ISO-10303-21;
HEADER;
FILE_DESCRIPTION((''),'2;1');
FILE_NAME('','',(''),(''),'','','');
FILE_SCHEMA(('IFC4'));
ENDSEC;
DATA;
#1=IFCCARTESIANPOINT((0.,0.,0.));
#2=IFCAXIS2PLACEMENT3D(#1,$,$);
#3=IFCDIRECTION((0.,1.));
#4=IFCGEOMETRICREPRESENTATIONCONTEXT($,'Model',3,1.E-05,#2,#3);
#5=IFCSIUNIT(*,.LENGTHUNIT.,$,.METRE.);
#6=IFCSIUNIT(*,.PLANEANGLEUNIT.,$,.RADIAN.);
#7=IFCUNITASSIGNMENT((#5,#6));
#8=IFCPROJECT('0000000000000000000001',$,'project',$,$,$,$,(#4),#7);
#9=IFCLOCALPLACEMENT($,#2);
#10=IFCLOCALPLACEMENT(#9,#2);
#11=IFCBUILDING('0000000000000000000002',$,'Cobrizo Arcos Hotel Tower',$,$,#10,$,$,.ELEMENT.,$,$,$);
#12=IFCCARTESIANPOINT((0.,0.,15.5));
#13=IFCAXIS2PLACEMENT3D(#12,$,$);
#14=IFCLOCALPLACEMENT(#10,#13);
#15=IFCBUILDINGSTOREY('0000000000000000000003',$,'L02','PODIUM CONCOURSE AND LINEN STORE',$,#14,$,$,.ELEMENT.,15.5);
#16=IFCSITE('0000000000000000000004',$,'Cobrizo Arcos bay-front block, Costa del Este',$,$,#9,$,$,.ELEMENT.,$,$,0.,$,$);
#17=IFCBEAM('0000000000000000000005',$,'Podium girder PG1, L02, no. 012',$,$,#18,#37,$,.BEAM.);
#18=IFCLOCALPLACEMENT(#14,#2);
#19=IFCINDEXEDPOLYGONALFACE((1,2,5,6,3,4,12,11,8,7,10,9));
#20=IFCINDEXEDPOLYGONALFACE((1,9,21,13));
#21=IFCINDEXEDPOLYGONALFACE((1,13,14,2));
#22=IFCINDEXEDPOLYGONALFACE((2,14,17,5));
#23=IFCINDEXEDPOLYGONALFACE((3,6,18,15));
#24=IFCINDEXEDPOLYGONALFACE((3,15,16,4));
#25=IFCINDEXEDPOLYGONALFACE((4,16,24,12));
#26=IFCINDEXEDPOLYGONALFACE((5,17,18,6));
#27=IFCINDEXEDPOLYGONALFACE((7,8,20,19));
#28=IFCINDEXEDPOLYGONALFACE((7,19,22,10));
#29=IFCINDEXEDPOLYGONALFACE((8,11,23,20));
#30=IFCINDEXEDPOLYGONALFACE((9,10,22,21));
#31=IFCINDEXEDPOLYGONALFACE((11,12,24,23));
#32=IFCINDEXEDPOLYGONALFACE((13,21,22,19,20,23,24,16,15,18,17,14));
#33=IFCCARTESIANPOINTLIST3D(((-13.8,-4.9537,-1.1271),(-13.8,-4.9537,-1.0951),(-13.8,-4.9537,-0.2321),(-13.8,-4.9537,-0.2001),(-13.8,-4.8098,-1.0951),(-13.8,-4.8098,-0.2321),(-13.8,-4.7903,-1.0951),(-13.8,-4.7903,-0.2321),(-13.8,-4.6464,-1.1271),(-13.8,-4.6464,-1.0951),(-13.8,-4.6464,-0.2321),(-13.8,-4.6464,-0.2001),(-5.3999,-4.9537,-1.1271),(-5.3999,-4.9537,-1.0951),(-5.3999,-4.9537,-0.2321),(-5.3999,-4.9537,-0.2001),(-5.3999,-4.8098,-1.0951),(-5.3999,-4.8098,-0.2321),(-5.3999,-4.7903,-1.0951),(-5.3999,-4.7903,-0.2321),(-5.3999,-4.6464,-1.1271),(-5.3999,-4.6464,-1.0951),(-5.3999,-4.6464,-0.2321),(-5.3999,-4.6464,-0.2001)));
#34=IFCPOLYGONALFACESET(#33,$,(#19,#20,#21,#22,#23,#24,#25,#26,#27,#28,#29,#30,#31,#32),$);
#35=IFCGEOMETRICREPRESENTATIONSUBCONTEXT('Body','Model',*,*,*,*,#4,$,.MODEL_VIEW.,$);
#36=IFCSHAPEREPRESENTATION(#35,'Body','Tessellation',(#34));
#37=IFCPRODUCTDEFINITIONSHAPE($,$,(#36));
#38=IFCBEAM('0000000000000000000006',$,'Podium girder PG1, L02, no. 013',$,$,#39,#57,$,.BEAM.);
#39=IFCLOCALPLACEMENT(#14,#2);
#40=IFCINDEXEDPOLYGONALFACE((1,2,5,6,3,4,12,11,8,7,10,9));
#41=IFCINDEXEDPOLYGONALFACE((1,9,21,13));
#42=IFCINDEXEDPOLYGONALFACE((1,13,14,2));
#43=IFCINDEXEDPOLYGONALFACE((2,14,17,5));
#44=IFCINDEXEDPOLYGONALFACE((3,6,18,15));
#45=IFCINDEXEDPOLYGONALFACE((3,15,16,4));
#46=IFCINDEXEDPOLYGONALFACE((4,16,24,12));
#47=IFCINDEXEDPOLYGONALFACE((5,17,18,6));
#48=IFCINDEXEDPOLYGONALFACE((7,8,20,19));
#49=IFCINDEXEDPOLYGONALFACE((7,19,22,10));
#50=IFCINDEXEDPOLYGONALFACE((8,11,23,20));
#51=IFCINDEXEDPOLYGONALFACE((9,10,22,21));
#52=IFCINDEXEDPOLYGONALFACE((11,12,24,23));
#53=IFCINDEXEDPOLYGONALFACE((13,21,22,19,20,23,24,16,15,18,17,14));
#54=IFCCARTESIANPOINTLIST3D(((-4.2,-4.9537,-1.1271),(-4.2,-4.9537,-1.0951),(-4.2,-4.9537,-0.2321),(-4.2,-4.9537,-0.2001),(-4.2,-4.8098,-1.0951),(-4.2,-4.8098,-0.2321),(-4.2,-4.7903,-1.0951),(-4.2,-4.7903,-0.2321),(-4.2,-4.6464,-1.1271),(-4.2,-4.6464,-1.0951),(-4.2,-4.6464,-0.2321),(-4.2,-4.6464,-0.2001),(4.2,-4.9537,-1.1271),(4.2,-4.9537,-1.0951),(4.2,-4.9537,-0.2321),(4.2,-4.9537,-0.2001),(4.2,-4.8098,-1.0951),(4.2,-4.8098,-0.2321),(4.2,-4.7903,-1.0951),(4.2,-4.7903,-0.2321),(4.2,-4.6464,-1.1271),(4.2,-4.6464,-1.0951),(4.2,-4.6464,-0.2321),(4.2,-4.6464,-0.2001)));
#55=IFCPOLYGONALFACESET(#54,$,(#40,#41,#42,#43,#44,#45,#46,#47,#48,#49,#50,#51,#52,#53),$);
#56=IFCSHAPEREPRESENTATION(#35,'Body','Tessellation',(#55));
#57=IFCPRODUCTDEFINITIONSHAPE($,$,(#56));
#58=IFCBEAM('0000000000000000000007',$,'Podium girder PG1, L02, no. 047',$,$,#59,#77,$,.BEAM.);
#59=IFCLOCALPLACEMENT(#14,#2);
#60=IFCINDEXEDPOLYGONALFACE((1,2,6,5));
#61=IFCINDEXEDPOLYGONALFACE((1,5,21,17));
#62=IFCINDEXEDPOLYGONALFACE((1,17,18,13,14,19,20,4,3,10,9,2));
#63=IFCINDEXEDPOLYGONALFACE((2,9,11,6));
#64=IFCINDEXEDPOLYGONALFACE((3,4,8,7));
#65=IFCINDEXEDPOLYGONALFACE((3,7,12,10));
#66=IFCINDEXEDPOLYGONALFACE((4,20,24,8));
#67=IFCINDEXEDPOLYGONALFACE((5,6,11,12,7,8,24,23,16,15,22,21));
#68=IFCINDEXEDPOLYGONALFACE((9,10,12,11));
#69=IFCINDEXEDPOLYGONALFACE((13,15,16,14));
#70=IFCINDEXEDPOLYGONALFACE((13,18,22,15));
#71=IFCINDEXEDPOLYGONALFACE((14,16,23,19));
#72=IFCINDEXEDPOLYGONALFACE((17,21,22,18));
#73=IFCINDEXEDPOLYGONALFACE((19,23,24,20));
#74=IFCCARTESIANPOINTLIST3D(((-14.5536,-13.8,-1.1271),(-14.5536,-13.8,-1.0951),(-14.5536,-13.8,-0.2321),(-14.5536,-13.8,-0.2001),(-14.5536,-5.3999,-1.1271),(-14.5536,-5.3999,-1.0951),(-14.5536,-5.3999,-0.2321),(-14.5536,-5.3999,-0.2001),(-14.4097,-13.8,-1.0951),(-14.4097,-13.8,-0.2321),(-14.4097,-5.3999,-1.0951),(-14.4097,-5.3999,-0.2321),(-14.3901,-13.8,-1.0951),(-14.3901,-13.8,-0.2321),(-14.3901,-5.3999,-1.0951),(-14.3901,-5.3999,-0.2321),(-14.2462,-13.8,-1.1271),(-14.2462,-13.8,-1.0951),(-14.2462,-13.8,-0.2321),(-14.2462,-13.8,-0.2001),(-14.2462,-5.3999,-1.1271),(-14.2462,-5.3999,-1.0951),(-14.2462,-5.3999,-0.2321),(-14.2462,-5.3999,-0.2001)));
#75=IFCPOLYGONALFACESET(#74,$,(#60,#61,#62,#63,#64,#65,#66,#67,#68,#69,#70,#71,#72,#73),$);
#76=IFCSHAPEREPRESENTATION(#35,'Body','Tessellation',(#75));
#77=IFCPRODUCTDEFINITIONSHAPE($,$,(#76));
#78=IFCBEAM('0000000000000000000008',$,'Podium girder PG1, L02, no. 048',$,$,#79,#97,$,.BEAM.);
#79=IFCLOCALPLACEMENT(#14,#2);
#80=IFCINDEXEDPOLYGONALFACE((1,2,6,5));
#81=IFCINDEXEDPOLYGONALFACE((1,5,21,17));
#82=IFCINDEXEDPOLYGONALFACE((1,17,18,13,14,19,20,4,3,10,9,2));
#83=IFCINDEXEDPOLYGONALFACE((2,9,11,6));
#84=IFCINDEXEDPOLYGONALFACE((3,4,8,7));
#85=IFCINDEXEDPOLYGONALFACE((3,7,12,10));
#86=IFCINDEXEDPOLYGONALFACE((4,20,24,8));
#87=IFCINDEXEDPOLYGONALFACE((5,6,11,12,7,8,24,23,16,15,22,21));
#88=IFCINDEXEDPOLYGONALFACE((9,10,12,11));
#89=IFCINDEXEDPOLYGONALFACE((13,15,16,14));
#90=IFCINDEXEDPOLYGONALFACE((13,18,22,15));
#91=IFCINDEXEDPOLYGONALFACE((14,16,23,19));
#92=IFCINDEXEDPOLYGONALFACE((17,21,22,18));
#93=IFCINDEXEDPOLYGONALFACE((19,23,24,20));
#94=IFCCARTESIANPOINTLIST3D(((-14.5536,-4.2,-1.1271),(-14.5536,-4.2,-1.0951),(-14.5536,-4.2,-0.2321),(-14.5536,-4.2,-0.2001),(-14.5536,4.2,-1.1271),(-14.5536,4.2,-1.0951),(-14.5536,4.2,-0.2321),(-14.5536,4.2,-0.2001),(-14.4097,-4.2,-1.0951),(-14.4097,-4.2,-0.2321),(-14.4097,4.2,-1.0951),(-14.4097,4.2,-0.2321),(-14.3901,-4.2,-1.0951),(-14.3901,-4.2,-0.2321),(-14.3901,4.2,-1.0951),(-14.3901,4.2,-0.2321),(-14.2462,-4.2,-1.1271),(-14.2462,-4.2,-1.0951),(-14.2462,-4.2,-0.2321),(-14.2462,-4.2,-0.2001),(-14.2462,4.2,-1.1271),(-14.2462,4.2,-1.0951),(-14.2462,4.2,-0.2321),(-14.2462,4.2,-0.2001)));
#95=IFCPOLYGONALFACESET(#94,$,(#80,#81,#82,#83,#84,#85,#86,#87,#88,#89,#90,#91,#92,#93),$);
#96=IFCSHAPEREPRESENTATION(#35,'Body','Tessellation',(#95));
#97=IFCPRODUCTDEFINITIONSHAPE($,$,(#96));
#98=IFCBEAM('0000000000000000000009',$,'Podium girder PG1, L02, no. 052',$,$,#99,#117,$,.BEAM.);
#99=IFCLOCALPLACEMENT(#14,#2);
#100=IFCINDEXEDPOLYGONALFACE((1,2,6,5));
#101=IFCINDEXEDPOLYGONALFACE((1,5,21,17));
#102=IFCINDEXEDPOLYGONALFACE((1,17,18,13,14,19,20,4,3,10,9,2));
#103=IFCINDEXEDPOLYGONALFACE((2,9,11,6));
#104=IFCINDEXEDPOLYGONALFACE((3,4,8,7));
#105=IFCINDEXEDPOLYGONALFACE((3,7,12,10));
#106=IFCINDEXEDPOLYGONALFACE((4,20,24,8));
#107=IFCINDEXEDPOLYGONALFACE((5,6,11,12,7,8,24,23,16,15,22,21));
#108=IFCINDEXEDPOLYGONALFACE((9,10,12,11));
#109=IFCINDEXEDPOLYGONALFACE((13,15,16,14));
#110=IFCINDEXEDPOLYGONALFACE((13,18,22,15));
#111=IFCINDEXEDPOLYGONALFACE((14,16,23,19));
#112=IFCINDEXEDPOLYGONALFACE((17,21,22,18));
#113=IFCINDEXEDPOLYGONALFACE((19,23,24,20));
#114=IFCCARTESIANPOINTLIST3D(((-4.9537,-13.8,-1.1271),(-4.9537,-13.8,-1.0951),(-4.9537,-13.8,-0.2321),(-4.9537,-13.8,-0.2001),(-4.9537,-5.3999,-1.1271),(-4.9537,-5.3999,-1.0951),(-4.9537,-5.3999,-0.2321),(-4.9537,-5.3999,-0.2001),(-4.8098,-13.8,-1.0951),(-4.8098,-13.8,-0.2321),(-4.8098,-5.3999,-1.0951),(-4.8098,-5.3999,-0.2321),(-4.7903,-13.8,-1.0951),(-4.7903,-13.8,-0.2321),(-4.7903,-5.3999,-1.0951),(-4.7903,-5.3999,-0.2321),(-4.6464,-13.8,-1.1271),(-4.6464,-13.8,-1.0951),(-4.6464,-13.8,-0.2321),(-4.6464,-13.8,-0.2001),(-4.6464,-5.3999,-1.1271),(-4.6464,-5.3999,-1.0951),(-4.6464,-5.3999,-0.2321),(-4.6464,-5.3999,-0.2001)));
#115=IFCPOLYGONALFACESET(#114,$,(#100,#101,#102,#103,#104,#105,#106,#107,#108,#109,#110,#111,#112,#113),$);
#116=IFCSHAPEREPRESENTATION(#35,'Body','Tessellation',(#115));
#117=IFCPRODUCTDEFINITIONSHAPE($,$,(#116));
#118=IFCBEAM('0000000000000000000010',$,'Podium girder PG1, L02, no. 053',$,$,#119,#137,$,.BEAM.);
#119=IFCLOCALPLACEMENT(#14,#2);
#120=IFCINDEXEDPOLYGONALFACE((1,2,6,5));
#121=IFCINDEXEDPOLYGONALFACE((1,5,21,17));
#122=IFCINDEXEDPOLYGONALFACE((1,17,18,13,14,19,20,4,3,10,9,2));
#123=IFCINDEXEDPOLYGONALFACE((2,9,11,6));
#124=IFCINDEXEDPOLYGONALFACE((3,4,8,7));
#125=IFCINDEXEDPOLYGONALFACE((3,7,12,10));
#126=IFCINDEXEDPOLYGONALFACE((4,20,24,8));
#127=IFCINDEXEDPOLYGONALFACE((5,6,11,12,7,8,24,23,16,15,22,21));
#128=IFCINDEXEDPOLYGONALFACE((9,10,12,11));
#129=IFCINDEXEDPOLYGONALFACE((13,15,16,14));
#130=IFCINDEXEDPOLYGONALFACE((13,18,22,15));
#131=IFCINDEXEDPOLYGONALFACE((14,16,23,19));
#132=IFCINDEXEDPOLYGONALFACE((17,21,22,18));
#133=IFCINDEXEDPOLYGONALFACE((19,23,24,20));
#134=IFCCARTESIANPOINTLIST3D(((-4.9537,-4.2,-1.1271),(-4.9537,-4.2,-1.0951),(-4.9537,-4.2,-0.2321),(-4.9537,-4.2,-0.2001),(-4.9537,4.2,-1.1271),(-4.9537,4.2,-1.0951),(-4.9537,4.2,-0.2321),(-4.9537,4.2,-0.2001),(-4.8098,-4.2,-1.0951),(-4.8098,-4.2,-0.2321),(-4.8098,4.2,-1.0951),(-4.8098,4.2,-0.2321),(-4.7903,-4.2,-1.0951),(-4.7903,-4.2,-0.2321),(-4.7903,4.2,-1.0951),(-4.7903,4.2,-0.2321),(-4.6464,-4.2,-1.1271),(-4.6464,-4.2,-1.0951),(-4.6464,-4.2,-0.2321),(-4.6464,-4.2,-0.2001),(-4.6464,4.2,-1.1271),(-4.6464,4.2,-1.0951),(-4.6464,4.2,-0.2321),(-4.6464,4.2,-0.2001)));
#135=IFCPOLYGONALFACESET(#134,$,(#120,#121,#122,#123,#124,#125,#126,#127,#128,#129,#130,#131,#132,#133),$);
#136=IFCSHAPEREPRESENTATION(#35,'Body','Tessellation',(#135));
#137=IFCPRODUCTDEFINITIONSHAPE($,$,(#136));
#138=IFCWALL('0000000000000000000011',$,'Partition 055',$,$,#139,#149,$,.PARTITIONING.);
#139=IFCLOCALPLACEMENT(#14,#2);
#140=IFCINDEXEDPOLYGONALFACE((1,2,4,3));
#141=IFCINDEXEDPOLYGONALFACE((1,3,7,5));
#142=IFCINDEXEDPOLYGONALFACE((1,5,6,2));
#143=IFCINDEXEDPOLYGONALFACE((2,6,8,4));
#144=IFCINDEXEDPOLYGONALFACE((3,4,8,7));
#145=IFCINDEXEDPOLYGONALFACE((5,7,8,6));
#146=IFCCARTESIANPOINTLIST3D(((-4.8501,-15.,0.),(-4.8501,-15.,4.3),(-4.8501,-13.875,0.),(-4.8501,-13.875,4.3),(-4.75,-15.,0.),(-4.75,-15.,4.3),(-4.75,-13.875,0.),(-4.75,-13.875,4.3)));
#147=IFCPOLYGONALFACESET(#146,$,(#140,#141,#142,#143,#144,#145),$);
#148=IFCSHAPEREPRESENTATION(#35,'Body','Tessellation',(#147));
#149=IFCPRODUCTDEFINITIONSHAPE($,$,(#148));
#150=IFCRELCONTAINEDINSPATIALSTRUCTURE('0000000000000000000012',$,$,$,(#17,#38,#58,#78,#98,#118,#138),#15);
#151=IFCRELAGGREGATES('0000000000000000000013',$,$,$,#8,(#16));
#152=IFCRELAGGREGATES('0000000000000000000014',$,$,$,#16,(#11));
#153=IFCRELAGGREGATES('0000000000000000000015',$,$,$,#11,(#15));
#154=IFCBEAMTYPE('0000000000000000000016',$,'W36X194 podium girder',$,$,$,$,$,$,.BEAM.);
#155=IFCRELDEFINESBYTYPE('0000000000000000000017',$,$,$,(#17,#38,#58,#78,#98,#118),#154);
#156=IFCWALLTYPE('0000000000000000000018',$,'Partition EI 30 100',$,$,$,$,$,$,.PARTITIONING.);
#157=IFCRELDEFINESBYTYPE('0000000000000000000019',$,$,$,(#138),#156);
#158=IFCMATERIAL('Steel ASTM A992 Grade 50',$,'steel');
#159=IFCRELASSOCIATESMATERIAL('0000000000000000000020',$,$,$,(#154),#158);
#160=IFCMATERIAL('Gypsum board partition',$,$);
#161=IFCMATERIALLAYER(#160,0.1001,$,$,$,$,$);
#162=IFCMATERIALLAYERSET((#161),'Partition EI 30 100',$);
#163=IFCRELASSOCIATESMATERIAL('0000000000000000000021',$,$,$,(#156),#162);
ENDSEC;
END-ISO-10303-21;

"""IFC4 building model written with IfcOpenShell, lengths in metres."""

from ifc_helpers import new_model, si_unit, direction, frame, frame_2d, origin, origin_2d, place, context, subcontext, project, spatial, rectangle, i_section, extrude, material, layer, layer_set, material_profile, profile_set, type_object, element, save


model = new_model("IFC4")

# Units and contexts
model_context = context("Model", 3, precision=1e-05, world=origin(), true_north=direction((0.0, 1.0)))
body_context = subcontext(model_context, "Body", "Model", "MODEL_VIEW")
ifc_project = project(units=[si_unit("LENGTHUNIT", "METRE"), si_unit("PLANEANGLEUNIT", "RADIAN")], contexts=[model_context])

# Site, building, storey
site_placement = place(None, origin())
site = spatial("IfcSite", under=ifc_project, at=site_placement, Name="Cobrizo Arcos bay-front block, Costa del Este", CompositionType="ELEMENT", RefElevation=0.0)
building_placement = place(site_placement, origin())
building = spatial("IfcBuilding", under=site, at=building_placement, Name="Cobrizo Arcos Hotel Tower", CompositionType="ELEMENT")
storey_placement = place(building_placement, frame((0.0, 0.0, 15.5)))
storey = spatial("IfcBuildingStorey", under=building, at=storey_placement, Name="L02", Description="PODIUM CONCOURSE AND LINEN STORE", CompositionType="ELEMENT", Elevation=15.5)

# Beams
ifc_material_1 = material(Name="Steel ASTM A992 Grade 50", Category="steel")
ifc_material_profile_1 = material_profile(ifc_material_1, i_section(OverallWidth=0.3074, OverallDepth=0.927, WebThickness=0.0195, FlangeThickness=0.032, at=origin_2d()), Name="W36X194")
ifc_profile_set_1 = profile_set([ifc_material_profile_1], Name="Steel ASTM A992 Grade 50")
beam_type_1 = type_object("IfcBeamType", Name="W36X194 podium girder", PredefinedType="BEAM", material=ifc_profile_set_1)
beam_1_placement = place(storey_placement, frame((-13.8, -4.8, -0.6636), z_axis=(1.0, 0.0, 0.0), x_axis=(0.0, 1.0, 0.0)))
element("IfcBeam", 1, at=beam_1_placement, inside=storey, type_object=beam_type_1, Name="Podium girder PG1, L02, no. 012", PredefinedType="BEAM", context=body_context, shape_type="SweptSolid", body=[
    extrude(i_section(OverallWidth=0.3074, OverallDepth=0.927, WebThickness=0.0195, FlangeThickness=0.032, at=origin_2d()), origin(), (0.0, 0.0, 1.0), 8.4001),
])
beam_2_placement = place(storey_placement, frame((-4.2, -4.8, -0.6636), z_axis=(1.0, 0.0, 0.0), x_axis=(0.0, 1.0, 0.0)))
element("IfcBeam", 2, at=beam_2_placement, inside=storey, type_object=beam_type_1, Name="Podium girder PG1, L02, no. 013", PredefinedType="BEAM", context=body_context, shape_type="SweptSolid", body=[
    extrude(i_section(OverallWidth=0.3074, OverallDepth=0.927, WebThickness=0.0195, FlangeThickness=0.032, at=origin_2d()), origin(), (0.0, 0.0, 1.0), 8.3999),
])
beam_3_placement = place(storey_placement, frame((-14.3999, -13.8, -0.6636), z_axis=(0.0, 1.0, 0.0), x_axis=(-1.0, 0.0, 0.0)))
element("IfcBeam", 3, at=beam_3_placement, inside=storey, type_object=beam_type_1, Name="Podium girder PG1, L02, no. 047", PredefinedType="BEAM", context=body_context, shape_type="SweptSolid", body=[
    extrude(i_section(OverallWidth=0.3074, OverallDepth=0.927, WebThickness=0.0195, FlangeThickness=0.032, at=origin_2d()), origin(), (0.0, 0.0, 1.0), 8.4001),
])
beam_4_placement = place(storey_placement, frame((-14.3999, -4.2, -0.6636), z_axis=(0.0, 1.0, 0.0), x_axis=(-1.0, 0.0, 0.0)))
element("IfcBeam", 4, at=beam_4_placement, inside=storey, type_object=beam_type_1, Name="Podium girder PG1, L02, no. 048", PredefinedType="BEAM", context=body_context, shape_type="SweptSolid", body=[
    extrude(i_section(OverallWidth=0.3074, OverallDepth=0.927, WebThickness=0.0195, FlangeThickness=0.032, at=origin_2d()), origin(), (0.0, 0.0, 1.0), 8.3999),
])
beam_5_placement = place(storey_placement, frame((-4.8, -13.8, -0.6636), z_axis=(0.0, 1.0, 0.0), x_axis=(-1.0, 0.0, 0.0)))
element("IfcBeam", 5, at=beam_5_placement, inside=storey, type_object=beam_type_1, Name="Podium girder PG1, L02, no. 052", PredefinedType="BEAM", context=body_context, shape_type="SweptSolid", body=[
    extrude(i_section(OverallWidth=0.3074, OverallDepth=0.927, WebThickness=0.0195, FlangeThickness=0.032, at=origin_2d()), origin(), (0.0, 0.0, 1.0), 8.4001),
])
beam_6_placement = place(storey_placement, frame((-4.8, -4.2, -0.6636), z_axis=(0.0, 1.0, 0.0), x_axis=(-1.0, 0.0, 0.0)))
element("IfcBeam", 6, at=beam_6_placement, inside=storey, type_object=beam_type_1, Name="Podium girder PG1, L02, no. 053", PredefinedType="BEAM", context=body_context, shape_type="SweptSolid", body=[
    extrude(i_section(OverallWidth=0.3074, OverallDepth=0.927, WebThickness=0.0195, FlangeThickness=0.032, at=origin_2d()), origin(), (0.0, 0.0, 1.0), 8.3999),
])

# Wall
ifc_material_2 = material(Name="Gypsum board partition")
ifc_layer = layer(ifc_material_2, 0.1001)
ifc_layer_set = layer_set([ifc_layer], Name="Partition EI 30 100")
wall_type = type_object("IfcWallType", Name="Partition EI 30 100", PredefinedType="PARTITIONING", material=ifc_layer_set)
wall_placement = place(storey_placement, frame((-4.8, -15.0, 0.0), z_axis=(0.0, 0.0, 1.0), x_axis=(0.0, 1.0, 0.0)))
element("IfcWall", 7, at=wall_placement, inside=storey, type_object=wall_type, Name="Partition 055", PredefinedType="PARTITIONING", context=body_context, shape_type="SweptSolid", body=[
    extrude(rectangle(XDim=1.125, YDim=0.1001, at=frame_2d((0.5625, 0.0))), origin(), (0.0, 0.0, 1.0), 4.3),
])

save(model, "model.ifc")
